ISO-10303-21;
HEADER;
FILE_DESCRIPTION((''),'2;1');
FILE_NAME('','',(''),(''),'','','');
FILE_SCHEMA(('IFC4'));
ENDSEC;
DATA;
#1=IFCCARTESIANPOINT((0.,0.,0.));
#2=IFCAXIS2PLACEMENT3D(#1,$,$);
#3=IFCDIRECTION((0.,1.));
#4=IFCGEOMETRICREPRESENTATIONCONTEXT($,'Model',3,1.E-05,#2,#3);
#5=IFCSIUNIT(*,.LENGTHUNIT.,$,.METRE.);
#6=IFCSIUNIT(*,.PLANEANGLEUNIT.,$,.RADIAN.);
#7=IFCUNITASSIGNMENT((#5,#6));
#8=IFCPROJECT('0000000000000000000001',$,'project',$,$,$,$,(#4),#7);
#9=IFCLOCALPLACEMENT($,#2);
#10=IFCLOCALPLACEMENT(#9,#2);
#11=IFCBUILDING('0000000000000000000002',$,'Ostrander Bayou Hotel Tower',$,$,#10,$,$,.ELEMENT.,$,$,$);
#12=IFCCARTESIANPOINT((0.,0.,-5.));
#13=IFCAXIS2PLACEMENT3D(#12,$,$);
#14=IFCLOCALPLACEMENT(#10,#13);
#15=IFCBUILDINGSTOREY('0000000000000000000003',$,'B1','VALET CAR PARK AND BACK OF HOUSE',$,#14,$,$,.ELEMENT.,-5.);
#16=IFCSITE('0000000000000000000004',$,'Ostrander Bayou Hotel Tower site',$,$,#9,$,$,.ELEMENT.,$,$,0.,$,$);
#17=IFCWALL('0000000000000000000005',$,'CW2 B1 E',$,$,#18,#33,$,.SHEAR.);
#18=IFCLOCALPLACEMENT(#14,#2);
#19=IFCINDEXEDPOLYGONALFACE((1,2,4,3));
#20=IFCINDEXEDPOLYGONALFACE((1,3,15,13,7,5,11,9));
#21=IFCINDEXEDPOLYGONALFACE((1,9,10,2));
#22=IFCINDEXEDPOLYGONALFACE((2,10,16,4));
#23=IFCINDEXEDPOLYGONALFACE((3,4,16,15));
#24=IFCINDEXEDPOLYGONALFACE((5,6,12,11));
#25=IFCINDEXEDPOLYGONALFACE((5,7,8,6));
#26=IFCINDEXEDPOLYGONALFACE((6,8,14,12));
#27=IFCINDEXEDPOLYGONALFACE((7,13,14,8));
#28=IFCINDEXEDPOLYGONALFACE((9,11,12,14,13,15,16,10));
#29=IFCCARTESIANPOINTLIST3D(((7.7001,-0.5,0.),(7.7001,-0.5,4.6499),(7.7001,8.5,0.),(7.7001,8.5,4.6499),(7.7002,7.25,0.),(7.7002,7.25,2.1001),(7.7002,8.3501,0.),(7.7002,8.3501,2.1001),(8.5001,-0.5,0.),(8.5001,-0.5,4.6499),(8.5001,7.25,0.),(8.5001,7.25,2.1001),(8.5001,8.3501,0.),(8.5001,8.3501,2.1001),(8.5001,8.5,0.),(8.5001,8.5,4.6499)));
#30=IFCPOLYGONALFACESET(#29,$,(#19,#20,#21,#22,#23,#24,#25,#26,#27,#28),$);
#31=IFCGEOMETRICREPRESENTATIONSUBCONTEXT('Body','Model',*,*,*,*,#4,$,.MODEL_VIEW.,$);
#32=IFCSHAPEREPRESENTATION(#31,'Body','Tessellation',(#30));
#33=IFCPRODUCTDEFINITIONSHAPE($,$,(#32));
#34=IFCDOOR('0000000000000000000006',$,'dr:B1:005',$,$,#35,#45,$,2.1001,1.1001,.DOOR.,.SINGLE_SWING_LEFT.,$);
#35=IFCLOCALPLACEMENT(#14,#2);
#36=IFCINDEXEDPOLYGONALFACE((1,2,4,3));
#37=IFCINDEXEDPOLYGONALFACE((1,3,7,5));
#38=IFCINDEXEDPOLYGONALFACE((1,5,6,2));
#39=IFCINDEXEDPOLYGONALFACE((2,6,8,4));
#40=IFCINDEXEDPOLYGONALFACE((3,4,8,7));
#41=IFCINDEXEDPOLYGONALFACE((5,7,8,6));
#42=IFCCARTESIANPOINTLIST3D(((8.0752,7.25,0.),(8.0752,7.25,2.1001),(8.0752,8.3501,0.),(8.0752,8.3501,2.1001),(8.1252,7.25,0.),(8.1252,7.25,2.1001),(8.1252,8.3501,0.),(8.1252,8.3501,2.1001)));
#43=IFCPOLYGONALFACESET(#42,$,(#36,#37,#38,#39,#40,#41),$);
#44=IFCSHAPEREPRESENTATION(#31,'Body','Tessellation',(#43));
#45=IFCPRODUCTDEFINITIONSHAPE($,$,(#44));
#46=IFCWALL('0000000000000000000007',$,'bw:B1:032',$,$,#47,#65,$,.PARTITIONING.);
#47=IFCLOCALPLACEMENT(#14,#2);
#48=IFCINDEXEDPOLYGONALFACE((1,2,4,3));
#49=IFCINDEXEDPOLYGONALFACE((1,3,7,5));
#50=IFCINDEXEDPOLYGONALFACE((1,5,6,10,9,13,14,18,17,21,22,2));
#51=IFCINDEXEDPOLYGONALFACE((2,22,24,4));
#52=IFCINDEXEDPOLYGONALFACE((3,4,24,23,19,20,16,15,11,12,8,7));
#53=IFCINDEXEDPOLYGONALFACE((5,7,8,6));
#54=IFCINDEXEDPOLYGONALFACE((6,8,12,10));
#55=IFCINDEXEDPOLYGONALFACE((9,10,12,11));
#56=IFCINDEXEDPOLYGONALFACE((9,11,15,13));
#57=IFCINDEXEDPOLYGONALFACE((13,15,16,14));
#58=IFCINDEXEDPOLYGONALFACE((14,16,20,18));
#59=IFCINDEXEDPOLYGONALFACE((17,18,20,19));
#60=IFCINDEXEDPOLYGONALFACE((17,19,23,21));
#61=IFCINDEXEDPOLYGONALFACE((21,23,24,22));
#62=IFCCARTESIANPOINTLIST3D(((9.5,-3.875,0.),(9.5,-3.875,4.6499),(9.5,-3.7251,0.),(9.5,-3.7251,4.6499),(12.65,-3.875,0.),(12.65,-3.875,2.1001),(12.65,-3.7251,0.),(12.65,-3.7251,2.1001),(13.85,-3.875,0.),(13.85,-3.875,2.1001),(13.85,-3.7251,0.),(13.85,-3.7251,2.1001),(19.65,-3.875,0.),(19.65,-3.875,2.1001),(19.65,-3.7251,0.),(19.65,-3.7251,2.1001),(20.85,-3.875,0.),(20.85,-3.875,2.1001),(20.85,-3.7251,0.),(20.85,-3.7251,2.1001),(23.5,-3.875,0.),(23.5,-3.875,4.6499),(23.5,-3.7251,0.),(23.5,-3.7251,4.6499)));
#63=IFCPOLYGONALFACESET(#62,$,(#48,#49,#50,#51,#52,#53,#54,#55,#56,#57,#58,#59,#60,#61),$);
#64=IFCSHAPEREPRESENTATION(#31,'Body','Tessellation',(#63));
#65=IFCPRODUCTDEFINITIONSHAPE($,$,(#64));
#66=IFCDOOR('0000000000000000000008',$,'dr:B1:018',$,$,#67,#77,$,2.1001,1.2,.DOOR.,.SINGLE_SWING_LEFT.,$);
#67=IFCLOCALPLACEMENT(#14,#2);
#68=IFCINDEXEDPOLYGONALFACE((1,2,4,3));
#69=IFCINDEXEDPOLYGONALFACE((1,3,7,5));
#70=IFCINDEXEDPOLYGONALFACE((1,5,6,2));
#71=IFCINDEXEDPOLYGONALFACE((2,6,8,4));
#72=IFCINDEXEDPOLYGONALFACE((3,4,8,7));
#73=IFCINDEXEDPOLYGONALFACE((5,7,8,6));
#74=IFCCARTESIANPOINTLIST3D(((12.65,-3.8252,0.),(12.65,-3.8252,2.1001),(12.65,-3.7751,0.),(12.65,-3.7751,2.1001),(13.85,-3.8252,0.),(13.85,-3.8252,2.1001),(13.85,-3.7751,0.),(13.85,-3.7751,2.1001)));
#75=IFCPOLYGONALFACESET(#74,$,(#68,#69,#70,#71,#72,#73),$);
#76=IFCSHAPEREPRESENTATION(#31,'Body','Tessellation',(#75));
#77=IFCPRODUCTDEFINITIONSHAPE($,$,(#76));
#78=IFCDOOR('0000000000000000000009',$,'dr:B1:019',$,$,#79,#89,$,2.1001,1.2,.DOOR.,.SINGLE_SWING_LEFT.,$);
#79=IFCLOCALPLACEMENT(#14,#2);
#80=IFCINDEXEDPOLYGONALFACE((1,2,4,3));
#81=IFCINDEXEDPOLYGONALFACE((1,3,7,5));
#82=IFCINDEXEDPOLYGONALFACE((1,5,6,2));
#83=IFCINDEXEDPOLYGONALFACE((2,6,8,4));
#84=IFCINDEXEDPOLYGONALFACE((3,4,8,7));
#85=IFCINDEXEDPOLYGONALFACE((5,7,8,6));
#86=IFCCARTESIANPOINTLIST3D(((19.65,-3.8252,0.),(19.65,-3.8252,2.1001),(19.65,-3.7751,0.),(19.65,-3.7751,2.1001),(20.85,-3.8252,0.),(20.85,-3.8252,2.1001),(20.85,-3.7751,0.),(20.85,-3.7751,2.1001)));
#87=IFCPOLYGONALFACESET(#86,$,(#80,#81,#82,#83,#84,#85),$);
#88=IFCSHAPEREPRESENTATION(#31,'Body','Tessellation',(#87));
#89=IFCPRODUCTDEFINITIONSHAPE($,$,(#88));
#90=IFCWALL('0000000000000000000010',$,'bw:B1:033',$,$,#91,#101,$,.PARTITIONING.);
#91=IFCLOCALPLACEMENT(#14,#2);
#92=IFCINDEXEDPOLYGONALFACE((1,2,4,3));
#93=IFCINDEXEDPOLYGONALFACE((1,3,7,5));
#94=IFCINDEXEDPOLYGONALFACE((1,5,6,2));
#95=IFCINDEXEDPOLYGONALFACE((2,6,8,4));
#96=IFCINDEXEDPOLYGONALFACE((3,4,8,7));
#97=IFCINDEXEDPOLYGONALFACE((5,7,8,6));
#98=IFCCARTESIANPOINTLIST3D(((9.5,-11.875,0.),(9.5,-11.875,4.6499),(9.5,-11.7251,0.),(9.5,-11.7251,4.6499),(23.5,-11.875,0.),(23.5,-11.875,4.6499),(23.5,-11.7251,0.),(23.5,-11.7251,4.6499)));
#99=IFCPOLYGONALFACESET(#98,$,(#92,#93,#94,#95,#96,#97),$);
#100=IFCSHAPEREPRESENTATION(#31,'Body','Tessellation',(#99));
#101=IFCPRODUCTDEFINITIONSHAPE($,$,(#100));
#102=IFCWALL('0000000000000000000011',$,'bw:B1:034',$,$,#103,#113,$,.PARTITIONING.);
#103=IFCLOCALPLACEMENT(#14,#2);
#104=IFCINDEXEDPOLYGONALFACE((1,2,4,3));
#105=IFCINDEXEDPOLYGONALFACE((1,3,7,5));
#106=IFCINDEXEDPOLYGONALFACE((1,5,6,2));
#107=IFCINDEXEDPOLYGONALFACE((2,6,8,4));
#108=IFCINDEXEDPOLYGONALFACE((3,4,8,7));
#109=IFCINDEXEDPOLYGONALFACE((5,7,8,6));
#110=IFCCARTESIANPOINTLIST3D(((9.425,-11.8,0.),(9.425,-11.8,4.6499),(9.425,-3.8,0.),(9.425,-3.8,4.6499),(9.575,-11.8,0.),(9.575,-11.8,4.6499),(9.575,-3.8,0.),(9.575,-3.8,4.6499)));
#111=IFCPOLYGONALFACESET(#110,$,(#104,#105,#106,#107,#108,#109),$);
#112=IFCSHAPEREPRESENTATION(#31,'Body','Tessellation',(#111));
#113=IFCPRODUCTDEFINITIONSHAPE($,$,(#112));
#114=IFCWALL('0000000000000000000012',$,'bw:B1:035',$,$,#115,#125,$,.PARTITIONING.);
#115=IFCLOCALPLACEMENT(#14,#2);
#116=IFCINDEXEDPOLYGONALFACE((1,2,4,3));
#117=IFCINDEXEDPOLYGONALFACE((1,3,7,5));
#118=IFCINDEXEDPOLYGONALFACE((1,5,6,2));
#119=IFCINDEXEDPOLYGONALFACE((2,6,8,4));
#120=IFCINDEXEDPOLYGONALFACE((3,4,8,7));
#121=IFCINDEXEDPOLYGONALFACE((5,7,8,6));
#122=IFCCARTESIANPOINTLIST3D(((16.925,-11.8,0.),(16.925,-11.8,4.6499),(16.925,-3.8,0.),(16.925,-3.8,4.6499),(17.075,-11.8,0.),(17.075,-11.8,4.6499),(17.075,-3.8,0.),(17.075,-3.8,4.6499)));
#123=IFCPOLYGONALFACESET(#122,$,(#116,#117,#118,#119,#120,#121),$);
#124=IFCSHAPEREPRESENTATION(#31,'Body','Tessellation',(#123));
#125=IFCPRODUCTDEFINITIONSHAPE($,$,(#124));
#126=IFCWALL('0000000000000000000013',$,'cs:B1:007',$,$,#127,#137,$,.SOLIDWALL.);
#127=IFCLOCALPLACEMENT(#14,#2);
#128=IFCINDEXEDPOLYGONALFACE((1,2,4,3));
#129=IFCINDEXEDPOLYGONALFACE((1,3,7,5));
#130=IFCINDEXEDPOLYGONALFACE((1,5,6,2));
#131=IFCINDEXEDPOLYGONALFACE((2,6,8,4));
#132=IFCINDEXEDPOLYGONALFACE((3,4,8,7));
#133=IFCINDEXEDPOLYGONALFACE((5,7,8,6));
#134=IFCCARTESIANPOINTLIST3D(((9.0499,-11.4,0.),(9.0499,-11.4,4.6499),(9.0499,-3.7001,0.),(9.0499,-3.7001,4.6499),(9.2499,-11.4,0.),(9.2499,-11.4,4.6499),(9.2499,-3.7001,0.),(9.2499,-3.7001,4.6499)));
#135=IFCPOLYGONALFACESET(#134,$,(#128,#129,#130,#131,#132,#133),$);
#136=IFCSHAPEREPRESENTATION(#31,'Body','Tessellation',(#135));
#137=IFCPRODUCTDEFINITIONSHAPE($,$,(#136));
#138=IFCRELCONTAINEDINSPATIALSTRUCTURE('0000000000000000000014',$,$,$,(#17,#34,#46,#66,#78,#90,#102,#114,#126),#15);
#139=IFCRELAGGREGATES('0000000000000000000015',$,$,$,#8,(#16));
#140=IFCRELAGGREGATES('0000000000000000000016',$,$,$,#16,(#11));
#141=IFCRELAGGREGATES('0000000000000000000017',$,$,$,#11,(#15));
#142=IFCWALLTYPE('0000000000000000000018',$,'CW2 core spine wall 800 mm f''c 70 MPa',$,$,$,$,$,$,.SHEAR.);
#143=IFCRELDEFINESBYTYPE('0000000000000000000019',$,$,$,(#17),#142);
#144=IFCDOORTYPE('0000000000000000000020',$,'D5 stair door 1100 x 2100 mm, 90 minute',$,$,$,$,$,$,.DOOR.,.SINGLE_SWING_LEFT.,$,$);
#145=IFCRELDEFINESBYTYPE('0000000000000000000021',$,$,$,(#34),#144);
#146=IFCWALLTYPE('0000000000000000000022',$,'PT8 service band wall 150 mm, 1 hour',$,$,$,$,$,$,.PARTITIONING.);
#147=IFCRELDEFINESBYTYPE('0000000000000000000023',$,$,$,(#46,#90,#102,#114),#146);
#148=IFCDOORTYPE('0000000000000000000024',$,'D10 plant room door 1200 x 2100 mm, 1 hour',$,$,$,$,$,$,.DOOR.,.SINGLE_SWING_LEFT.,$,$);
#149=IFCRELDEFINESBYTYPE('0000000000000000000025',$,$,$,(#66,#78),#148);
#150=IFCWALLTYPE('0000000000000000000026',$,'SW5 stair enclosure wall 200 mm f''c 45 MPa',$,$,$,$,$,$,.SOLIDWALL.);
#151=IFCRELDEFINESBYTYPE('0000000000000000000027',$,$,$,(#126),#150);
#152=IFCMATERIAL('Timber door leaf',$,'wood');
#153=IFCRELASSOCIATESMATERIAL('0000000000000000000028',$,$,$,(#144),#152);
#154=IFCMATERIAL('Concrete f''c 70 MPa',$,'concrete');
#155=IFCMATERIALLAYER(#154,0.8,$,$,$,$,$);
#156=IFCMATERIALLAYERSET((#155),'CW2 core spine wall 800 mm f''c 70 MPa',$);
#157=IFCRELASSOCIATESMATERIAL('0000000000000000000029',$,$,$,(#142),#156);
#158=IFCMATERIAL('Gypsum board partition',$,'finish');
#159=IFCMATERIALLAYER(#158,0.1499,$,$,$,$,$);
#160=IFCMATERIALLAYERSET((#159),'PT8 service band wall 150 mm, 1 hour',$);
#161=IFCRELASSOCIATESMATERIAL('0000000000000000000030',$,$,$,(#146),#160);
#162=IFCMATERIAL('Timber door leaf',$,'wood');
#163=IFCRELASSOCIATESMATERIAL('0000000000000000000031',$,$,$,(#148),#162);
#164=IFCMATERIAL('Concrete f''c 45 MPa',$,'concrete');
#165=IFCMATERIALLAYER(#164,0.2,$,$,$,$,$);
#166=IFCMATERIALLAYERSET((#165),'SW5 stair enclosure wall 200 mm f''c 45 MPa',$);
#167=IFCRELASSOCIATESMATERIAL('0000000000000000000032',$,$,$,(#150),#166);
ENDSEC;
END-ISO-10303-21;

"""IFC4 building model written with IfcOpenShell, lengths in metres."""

from ifc_helpers import new_model, si_unit, direction, frame, frame_2d, origin, place, context, subcontext, project, spatial, rectangle, extrude, material, layer, layer_set, type_object, element, fill, save


model = new_model("IFC4")

# Units and contexts
model_context = context("Model", 3, precision=1e-05, world=origin(), true_north=direction((0.0, 1.0)))
body_context = subcontext(model_context, "Body", "Model", "MODEL_VIEW")
ifc_project = project(units=[si_unit("LENGTHUNIT", "METRE"), si_unit("PLANEANGLEUNIT", "RADIAN")], contexts=[model_context])

# Site, building, storey
site_placement = place(None, origin())
site = spatial("IfcSite", under=ifc_project, at=site_placement, Name="Ostrander Bayou Hotel Tower site", CompositionType="ELEMENT", RefElevation=0.0)
building_placement = place(site_placement, origin())
building = spatial("IfcBuilding", under=site, at=building_placement, Name="Ostrander Bayou Hotel Tower", CompositionType="ELEMENT")
storey_placement = place(building_placement, frame((0.0, 0.0, -5.0)))
storey = spatial("IfcBuildingStorey", under=building, at=storey_placement, Name="B1", Description="VALET CAR PARK AND BACK OF HOUSE", CompositionType="ELEMENT", Elevation=-5.0)

# Wall, opening, door
ifc_material_1 = material(Name="Timber door leaf", Category="wood")
door_type_1 = type_object("IfcDoorType", Name="D5 stair door 1100 x 2100 mm, 90 minute", OperationType="SINGLE_SWING_LEFT", PredefinedType="DOOR", material=ifc_material_1)
ifc_material_2 = material(Name="Concrete f'c 70 MPa", Category="concrete")
ifc_layer_1 = layer(ifc_material_2, 0.8)
ifc_layer_set_1 = layer_set([ifc_layer_1], Name="CW2 core spine wall 800 mm f'c 70 MPa")
wall_type_1 = type_object("IfcWallType", Name="CW2 core spine wall 800 mm f'c 70 MPa", PredefinedType="SHEAR", material=ifc_layer_set_1)
wall_1_placement = place(storey_placement, frame((8.1001, -0.5, 0.0), z_axis=(0.0, 0.0, 1.0), x_axis=(0.0, 1.0, 0.0)))
wall_1 = element("IfcWall", 1, at=wall_1_placement, inside=storey, type_object=wall_type_1, Name="CW2 B1 E", PredefinedType="SHEAR", context=body_context, shape_type="SweptSolid", body=[
    extrude(rectangle(XDim=9.0, YDim=0.8, at=frame_2d((4.5, 0.0))), origin(), (0.0, 0.0, 1.0), 4.6499),
])
opening_1_placement = place(wall_1_placement, frame((7.75, 0.0, 0.0)))
opening_1 = element("IfcOpeningElement", 2, at=opening_1_placement, cuts=wall_1, PredefinedType="OPENING", context=body_context, shape_type="SweptSolid", body=[
    extrude(rectangle(XDim=1.1001, YDim=2.1001, at=frame_2d((0.55, 1.05))), frame((0.0, 0.3999, 0.0), z_axis=(0.0, -1.0, 0.0), x_axis=(1.0, 0.0, 0.0)), (0.0, 0.0, 1.0), 0.8),
])
door_1_placement = place(opening_1_placement, origin())
door_1 = element("IfcDoor", 3, at=door_1_placement, inside=storey, type_object=door_type_1, Name="dr:B1:005", OperationType="SINGLE_SWING_LEFT", OverallHeight=2.1001, OverallWidth=1.1001, PredefinedType="DOOR", context=body_context, shape_type="SweptSolid", body=[
    extrude(rectangle(XDim=1.1001, YDim=2.1001, at=frame_2d((0.55, 1.05))), frame((0.0, 0.0249, 0.0), z_axis=(0.0, -1.0, 0.0), x_axis=(1.0, 0.0, 0.0)), (0.0, 0.0, 1.0), 0.05),
])
fill(opening_1, door_1)

# Wall, openings, doors
ifc_material_3 = material(Name="Gypsum board partition", Category="finish")
ifc_layer_2 = layer(ifc_material_3, 0.1499)
ifc_layer_set_2 = layer_set([ifc_layer_2], Name="PT8 service band wall 150 mm, 1 hour")
wall_type_2 = type_object("IfcWallType", Name="PT8 service band wall 150 mm, 1 hour", PredefinedType="PARTITIONING", material=ifc_layer_set_2)
wall_2_placement = place(storey_placement, frame((9.5, -3.8, 0.0), z_axis=(0.0, 0.0, 1.0), x_axis=(1.0, 0.0, 0.0)))
wall_2 = element("IfcWall", 4, at=wall_2_placement, inside=storey, type_object=wall_type_2, Name="bw:B1:032", PredefinedType="PARTITIONING", context=body_context, shape_type="SweptSolid", body=[
    extrude(rectangle(XDim=14.0, YDim=0.1499, at=frame_2d((7.0, 0.0))), origin(), (0.0, 0.0, 1.0), 4.6499),
])
opening_2_placement = place(wall_2_placement, frame((3.1499, 0.0, 0.0)))
opening_2 = element("IfcOpeningElement", 5, at=opening_2_placement, cuts=wall_2, PredefinedType="OPENING", context=body_context, shape_type="SweptSolid", body=[
    extrude(rectangle(XDim=1.2, YDim=2.1001, at=frame_2d((0.6001, 1.05))), frame((0.0, 0.075, 0.0), z_axis=(0.0, -1.0, 0.0), x_axis=(1.0, 0.0, 0.0)), (0.0, 0.0, 1.0), 0.1499),
])
opening_3_placement = place(wall_2_placement, frame((10.1499, 0.0, 0.0)))
opening_3 = element("IfcOpeningElement", 6, at=opening_3_placement, cuts=wall_2, PredefinedType="OPENING", context=body_context, shape_type="SweptSolid", body=[
    extrude(rectangle(XDim=1.2, YDim=2.1001, at=frame_2d((0.6001, 1.05))), frame((0.0, 0.075, 0.0), z_axis=(0.0, -1.0, 0.0), x_axis=(1.0, 0.0, 0.0)), (0.0, 0.0, 1.0), 0.1499),
])
ifc_material_4 = material(Name="Timber door leaf", Category="wood")
door_type_2 = type_object("IfcDoorType", Name="D10 plant room door 1200 x 2100 mm, 1 hour", OperationType="SINGLE_SWING_LEFT", PredefinedType="DOOR", material=ifc_material_4)
door_2_placement = place(opening_2_placement, origin())
door_2 = element("IfcDoor", 7, at=door_2_placement, inside=storey, type_object=door_type_2, Name="dr:B1:018", OperationType="SINGLE_SWING_LEFT", OverallHeight=2.1001, OverallWidth=1.2, PredefinedType="DOOR", context=body_context, shape_type="SweptSolid", body=[
    extrude(rectangle(XDim=1.2, YDim=2.1001, at=frame_2d((0.6001, 1.05))), frame((0.0, 0.0249, 0.0), z_axis=(0.0, -1.0, 0.0), x_axis=(1.0, 0.0, 0.0)), (0.0, 0.0, 1.0), 0.05),
])
fill(opening_2, door_2)
door_3_placement = place(opening_3_placement, origin())
door_3 = element("IfcDoor", 8, at=door_3_placement, inside=storey, type_object=door_type_2, Name="dr:B1:019", OperationType="SINGLE_SWING_LEFT", OverallHeight=2.1001, OverallWidth=1.2, PredefinedType="DOOR", context=body_context, shape_type="SweptSolid", body=[
    extrude(rectangle(XDim=1.2, YDim=2.1001, at=frame_2d((0.6001, 1.05))), frame((0.0, 0.0249, 0.0), z_axis=(0.0, -1.0, 0.0), x_axis=(1.0, 0.0, 0.0)), (0.0, 0.0, 1.0), 0.05),
])
fill(opening_3, door_3)

# Walls
wall_3_placement = place(storey_placement, frame((9.5, -11.8, 0.0), z_axis=(0.0, 0.0, 1.0), x_axis=(1.0, 0.0, 0.0)))
element("IfcWall", 9, at=wall_3_placement, inside=storey, type_object=wall_type_2, Name="bw:B1:033", PredefinedType="PARTITIONING", context=body_context, shape_type="SweptSolid", body=[
    extrude(rectangle(XDim=14.0, YDim=0.1499, at=frame_2d((7.0, 0.0))), origin(), (0.0, 0.0, 1.0), 4.6499),
])
for number, where, z_axis, x_axis, name in (
    (10, (9.5, -3.8, 0.0), (0.0, 0.0, 1.0), (0.0, -1.0, 0.0), "bw:B1:034"),
    (11, (17.0, -3.8, 0.0), (0.0, 0.0, 1.0), (0.0, -1.0, 0.0), "bw:B1:035"),
):
    element("IfcWall", number, at=place(storey_placement, frame(where, z_axis=z_axis, x_axis=x_axis)), inside=storey, type_object=wall_type_2, Name=name, PredefinedType="PARTITIONING", context=body_context, shape_type="SweptSolid", body=[
        extrude(rectangle(XDim=8.0, YDim=0.1499, at=frame_2d((4.0, 0.0))), origin(), (0.0, 0.0, 1.0), 4.6499),
    ])
ifc_material_5 = material(Name="Concrete f'c 45 MPa", Category="concrete")
ifc_layer_3 = layer(ifc_material_5, 0.2)
ifc_layer_set_3 = layer_set([ifc_layer_3], Name="SW5 stair enclosure wall 200 mm f'c 45 MPa")
wall_type_3 = type_object("IfcWallType", Name="SW5 stair enclosure wall 200 mm f'c 45 MPa", PredefinedType="SOLIDWALL", material=ifc_layer_set_3)
wall_4_placement = place(storey_placement, frame((9.1499, -3.7, 0.0), z_axis=(0.0, 0.0, 1.0), x_axis=(0.0, -1.0, 0.0)))
element("IfcWall", 12, at=wall_4_placement, inside=storey, type_object=wall_type_3, Name="cs:B1:007", PredefinedType="SOLIDWALL", context=body_context, shape_type="SweptSolid", body=[
    extrude(rectangle(XDim=7.7, YDim=0.2, at=frame_2d((3.8501, 0.0))), origin(), (0.0, 0.0, 1.0), 4.6499),
])

save(model, "model.ifc")
